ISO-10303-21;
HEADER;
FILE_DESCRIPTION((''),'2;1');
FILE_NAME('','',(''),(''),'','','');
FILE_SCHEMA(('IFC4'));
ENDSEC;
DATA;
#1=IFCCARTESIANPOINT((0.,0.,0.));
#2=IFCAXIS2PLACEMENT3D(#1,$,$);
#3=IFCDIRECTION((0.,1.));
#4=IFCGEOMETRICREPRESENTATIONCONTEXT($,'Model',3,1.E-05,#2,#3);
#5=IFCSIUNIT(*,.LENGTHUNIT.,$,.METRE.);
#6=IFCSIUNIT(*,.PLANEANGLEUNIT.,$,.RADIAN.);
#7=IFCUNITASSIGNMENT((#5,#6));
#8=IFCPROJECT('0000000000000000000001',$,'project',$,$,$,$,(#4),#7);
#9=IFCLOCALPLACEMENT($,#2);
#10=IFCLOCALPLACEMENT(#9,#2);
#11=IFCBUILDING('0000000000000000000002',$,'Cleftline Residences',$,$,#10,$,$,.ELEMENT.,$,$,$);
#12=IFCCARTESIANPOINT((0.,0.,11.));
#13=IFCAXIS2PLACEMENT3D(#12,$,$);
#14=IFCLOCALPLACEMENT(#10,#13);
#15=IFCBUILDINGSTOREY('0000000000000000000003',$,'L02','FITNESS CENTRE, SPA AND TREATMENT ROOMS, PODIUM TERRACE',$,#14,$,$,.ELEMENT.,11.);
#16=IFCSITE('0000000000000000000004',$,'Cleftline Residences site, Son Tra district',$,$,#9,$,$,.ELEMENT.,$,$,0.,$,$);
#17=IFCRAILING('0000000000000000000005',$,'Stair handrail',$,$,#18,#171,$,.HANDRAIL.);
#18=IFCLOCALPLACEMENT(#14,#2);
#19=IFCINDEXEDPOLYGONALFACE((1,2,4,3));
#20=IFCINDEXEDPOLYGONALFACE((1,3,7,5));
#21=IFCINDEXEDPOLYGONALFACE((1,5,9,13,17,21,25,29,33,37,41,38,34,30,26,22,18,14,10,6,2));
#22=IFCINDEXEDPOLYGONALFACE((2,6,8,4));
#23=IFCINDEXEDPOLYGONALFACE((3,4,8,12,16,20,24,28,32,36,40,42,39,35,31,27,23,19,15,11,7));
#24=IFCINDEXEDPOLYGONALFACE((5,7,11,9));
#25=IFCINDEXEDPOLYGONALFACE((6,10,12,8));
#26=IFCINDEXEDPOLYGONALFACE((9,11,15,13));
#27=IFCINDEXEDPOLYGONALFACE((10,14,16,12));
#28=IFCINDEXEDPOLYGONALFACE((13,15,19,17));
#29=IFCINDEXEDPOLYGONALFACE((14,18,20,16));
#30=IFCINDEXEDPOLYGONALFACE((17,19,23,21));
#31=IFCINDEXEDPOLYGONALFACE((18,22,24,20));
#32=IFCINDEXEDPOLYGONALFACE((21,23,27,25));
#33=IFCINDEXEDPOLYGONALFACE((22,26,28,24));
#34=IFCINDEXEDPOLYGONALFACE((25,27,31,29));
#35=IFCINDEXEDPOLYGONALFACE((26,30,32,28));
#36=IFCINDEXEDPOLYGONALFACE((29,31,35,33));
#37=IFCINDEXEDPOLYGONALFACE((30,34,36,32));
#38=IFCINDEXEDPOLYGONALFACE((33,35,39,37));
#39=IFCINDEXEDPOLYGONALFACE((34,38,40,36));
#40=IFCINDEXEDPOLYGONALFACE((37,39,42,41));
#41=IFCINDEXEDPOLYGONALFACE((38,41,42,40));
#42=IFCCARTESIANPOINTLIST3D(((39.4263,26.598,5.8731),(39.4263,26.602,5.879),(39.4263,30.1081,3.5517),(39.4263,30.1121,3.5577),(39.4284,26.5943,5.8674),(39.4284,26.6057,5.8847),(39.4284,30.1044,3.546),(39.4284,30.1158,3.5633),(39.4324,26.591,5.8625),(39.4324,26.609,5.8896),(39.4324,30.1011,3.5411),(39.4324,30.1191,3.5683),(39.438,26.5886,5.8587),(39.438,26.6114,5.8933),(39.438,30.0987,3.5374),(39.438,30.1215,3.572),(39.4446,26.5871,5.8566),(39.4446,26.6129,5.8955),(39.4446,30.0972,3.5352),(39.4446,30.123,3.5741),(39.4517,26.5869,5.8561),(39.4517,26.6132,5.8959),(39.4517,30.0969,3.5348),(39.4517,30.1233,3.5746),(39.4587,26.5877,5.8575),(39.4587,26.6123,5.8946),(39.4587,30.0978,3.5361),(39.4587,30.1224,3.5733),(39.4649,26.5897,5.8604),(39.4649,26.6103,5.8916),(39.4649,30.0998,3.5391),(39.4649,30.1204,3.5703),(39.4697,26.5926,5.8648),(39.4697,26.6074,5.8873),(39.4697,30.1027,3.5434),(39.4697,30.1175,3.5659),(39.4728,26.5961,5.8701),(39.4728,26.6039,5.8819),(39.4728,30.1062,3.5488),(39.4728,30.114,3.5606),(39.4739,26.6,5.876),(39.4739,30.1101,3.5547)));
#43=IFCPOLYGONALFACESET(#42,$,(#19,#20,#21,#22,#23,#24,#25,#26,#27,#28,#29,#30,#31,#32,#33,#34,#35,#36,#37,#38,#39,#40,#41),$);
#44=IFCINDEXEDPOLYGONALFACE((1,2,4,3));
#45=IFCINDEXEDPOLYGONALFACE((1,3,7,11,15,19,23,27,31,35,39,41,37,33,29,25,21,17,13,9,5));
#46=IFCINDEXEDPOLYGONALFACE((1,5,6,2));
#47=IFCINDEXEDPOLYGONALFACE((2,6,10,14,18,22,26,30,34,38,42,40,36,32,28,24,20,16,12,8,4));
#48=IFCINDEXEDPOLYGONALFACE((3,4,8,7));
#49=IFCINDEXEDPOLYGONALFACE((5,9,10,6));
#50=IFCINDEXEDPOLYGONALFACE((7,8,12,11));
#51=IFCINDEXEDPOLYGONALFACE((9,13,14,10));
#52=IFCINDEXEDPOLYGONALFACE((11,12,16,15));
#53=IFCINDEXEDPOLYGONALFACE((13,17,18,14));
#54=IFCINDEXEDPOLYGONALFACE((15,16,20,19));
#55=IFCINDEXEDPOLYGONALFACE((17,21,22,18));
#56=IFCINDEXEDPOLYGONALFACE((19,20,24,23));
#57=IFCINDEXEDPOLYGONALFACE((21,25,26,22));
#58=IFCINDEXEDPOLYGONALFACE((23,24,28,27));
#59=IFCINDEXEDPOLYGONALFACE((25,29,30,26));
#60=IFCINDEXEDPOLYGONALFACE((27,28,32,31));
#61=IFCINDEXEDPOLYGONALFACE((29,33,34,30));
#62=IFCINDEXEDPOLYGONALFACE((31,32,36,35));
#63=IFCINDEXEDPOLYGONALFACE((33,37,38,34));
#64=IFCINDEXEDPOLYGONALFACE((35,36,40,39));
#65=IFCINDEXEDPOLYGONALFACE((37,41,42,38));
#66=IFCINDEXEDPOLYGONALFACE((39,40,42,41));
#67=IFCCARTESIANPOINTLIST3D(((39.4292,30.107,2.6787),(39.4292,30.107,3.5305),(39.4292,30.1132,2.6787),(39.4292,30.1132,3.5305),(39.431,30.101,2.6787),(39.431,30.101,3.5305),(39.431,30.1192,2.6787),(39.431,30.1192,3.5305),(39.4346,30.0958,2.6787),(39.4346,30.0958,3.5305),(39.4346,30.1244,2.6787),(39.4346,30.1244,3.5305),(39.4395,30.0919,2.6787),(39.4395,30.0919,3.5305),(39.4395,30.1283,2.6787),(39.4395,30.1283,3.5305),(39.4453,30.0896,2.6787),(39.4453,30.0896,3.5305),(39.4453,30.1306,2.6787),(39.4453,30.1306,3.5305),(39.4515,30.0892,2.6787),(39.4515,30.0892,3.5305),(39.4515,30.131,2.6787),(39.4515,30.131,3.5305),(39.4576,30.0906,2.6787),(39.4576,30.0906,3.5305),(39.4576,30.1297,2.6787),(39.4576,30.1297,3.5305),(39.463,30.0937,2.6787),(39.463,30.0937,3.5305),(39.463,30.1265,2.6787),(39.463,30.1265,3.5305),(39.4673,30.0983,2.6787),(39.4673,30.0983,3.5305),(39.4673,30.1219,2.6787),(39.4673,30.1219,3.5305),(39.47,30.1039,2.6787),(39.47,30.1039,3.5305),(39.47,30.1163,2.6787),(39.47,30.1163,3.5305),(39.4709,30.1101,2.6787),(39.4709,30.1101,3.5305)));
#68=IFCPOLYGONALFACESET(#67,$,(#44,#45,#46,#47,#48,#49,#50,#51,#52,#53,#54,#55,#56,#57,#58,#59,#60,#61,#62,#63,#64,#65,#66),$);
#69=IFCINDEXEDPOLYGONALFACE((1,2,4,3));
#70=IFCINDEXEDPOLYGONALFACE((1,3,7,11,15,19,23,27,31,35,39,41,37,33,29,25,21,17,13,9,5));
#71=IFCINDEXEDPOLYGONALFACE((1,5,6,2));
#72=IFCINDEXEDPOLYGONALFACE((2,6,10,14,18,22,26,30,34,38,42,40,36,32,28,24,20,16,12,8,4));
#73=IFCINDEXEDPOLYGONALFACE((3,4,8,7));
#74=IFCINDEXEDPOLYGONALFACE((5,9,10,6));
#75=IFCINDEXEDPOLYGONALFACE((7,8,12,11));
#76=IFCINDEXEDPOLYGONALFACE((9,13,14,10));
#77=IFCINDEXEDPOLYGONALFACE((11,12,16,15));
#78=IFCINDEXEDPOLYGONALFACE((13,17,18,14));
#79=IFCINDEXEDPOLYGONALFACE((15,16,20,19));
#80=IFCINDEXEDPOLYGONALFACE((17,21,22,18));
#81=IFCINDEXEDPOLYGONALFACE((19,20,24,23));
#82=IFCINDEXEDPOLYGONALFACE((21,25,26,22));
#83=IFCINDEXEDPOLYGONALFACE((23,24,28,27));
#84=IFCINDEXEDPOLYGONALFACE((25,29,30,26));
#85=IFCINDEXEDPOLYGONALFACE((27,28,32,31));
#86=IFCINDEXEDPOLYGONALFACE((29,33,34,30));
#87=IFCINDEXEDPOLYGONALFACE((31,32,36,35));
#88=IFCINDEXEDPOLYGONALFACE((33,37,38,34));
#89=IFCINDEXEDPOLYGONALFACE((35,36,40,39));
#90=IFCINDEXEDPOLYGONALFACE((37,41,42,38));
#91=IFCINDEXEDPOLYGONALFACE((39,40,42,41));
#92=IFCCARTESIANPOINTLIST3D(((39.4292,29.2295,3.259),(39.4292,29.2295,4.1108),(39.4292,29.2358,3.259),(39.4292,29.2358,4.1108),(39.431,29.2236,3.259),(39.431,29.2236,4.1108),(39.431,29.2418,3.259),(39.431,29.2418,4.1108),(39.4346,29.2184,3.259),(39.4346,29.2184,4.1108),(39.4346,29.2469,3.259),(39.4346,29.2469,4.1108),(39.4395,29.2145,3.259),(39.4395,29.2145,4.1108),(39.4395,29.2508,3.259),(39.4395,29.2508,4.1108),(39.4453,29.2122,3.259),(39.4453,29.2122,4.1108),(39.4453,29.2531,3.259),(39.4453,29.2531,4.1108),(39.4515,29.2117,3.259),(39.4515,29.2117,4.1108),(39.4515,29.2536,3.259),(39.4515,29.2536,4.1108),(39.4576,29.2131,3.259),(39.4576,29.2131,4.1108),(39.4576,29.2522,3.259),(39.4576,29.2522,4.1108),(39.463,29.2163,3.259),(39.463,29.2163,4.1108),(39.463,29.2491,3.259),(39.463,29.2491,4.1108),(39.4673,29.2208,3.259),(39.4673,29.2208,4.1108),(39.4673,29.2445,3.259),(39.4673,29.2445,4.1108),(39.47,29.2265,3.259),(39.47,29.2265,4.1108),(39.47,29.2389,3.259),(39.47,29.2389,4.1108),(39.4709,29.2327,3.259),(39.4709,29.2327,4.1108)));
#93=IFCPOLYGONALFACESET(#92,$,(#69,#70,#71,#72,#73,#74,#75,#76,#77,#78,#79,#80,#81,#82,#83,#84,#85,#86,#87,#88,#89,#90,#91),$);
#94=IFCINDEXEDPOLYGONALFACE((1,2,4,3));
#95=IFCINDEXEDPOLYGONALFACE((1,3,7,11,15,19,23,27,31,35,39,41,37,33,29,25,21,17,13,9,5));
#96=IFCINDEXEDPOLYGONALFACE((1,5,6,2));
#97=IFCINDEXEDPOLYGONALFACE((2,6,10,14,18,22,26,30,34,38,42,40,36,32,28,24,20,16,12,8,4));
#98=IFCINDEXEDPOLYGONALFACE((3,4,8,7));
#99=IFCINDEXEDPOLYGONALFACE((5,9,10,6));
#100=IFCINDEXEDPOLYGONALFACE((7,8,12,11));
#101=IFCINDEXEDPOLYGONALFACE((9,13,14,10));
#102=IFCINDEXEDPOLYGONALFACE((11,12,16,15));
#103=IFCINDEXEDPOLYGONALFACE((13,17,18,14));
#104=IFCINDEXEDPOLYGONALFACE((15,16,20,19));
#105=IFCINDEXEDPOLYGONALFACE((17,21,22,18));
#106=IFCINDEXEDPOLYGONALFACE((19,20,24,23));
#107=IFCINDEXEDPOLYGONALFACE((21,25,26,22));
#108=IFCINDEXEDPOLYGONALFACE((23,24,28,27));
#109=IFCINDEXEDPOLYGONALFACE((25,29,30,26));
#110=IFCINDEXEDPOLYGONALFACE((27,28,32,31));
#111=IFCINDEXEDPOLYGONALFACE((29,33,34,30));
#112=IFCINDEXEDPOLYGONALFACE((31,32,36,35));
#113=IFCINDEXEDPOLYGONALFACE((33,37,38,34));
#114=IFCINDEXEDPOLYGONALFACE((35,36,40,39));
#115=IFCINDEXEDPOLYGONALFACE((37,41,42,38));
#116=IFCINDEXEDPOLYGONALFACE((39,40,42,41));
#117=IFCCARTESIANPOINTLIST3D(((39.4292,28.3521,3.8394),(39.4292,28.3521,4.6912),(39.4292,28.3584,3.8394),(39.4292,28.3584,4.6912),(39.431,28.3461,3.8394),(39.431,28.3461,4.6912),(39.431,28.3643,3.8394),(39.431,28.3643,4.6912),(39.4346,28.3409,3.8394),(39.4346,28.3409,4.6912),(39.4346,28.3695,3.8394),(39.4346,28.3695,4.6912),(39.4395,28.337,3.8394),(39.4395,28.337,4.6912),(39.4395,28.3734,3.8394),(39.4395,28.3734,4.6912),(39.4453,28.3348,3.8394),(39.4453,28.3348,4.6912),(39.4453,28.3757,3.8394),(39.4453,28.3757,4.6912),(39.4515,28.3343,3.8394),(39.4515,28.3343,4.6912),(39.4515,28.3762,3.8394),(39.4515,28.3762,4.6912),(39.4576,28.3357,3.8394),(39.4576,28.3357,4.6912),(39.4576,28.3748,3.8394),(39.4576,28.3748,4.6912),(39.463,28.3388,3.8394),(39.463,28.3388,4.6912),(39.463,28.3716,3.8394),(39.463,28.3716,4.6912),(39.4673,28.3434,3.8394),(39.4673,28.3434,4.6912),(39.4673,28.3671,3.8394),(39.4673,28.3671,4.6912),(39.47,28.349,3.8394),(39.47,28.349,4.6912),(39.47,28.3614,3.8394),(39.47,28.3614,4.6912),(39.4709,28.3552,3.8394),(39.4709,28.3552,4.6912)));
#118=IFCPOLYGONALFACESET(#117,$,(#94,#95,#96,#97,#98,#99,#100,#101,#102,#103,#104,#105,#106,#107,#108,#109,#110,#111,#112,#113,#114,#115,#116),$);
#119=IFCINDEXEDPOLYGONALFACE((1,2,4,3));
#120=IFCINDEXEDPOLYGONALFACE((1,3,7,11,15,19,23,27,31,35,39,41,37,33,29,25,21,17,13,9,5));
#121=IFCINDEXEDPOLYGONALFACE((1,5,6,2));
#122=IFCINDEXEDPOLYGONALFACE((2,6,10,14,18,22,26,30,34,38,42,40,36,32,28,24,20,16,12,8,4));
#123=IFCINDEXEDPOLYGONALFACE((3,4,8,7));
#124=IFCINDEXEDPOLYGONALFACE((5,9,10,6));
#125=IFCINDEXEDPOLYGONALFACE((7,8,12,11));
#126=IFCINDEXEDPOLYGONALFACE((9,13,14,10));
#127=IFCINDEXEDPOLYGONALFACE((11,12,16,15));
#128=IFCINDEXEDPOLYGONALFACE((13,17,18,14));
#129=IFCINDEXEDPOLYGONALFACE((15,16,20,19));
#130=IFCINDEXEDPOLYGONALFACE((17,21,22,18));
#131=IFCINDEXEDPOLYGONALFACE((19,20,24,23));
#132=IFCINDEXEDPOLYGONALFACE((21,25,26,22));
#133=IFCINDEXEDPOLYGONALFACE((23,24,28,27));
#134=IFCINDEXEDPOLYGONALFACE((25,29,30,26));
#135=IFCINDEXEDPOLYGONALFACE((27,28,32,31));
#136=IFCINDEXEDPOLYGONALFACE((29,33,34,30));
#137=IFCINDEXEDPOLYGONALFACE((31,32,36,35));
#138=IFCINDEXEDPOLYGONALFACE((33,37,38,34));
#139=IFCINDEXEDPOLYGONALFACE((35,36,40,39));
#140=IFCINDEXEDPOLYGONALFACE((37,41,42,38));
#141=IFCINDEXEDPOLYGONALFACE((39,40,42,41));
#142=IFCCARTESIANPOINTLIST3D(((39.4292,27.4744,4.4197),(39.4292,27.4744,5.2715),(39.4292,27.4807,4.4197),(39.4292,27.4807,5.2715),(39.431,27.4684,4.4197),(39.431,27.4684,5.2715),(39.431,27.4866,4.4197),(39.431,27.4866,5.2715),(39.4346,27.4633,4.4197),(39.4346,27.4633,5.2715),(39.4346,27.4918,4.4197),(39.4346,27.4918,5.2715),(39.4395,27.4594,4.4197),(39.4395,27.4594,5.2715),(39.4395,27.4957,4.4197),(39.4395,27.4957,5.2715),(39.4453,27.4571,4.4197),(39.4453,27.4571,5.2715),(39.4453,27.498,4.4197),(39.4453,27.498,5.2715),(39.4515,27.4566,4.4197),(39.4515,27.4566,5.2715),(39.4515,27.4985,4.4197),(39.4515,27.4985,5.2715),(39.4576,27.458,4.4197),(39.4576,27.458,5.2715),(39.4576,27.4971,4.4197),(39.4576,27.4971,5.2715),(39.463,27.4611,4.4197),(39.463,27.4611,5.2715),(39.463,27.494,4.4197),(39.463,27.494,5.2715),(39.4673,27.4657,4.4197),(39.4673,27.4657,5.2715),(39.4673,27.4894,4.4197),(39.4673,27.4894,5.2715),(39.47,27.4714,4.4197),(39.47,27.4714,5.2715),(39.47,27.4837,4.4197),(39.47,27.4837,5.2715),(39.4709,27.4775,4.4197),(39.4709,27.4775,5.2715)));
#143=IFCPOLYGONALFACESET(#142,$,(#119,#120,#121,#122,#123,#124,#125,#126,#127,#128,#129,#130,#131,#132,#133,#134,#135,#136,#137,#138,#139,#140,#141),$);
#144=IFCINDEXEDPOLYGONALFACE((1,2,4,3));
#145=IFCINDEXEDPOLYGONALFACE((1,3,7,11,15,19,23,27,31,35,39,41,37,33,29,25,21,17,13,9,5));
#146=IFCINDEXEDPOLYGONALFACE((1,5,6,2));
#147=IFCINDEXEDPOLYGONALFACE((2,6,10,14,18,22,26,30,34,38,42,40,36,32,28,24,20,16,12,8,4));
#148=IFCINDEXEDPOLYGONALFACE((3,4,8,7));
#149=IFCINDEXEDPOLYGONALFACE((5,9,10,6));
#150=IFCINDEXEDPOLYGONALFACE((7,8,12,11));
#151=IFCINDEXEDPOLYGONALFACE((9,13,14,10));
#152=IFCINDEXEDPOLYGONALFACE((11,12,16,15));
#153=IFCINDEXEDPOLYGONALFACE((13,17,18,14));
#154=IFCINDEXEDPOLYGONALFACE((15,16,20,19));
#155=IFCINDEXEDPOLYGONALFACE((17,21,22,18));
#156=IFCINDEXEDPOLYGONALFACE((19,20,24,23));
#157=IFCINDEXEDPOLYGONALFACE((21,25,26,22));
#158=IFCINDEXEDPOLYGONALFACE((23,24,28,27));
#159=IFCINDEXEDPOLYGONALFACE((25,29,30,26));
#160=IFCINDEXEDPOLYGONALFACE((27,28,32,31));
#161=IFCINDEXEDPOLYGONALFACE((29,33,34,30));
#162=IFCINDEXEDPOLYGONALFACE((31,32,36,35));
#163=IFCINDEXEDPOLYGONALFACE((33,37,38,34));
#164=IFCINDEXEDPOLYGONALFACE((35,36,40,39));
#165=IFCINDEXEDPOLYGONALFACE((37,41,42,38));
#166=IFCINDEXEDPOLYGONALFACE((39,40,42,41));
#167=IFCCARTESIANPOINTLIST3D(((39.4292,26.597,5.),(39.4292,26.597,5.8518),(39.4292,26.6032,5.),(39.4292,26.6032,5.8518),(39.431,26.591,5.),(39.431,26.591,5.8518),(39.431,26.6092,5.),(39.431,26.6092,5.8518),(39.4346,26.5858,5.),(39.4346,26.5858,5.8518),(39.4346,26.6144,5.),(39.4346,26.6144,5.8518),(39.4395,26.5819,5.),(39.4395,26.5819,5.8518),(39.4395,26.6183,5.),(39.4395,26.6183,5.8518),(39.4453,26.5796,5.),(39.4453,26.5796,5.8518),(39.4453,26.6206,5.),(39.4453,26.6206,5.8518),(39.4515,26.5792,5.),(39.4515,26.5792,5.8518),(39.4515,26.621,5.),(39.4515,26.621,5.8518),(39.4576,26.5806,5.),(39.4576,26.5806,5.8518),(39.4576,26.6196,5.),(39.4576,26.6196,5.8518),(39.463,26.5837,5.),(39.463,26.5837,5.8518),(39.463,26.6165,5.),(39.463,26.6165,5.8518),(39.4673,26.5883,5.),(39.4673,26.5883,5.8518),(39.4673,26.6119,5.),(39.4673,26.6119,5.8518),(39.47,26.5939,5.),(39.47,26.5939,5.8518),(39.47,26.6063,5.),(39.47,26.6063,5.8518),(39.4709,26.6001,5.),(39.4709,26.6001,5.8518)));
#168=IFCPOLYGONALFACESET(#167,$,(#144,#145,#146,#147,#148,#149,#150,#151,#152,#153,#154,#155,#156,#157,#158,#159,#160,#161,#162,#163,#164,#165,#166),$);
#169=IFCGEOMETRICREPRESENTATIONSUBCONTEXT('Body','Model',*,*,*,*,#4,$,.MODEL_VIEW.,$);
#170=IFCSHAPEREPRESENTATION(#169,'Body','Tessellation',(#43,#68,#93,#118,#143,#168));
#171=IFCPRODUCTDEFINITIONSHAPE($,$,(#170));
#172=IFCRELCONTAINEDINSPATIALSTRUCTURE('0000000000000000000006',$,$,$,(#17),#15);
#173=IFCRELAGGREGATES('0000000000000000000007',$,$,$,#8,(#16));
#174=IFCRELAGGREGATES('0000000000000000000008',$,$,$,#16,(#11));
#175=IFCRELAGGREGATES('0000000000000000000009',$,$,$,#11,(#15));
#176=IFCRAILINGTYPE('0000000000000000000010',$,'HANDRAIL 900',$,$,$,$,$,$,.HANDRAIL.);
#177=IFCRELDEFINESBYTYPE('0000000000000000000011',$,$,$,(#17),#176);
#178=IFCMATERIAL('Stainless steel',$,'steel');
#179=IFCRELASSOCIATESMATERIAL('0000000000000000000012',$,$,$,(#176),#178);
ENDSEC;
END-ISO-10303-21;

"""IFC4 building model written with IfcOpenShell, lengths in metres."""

from ifc_helpers import new_model, si_unit, direction, frame, origin, origin_2d, place, context, subcontext, project, spatial, circle, extrude, material, type_object, element, save


model = new_model("IFC4")

# Units and contexts
model_context = context("Model", 3, precision=1e-05, world=origin(), true_north=direction((0.0, 1.0)))
body_context = subcontext(model_context, "Body", "Model", "MODEL_VIEW")
ifc_project = project(units=[si_unit("LENGTHUNIT", "METRE"), si_unit("PLANEANGLEUNIT", "RADIAN")], contexts=[model_context])

# Site, building, storey
site_placement = place(None, origin())
site = spatial("IfcSite", under=ifc_project, at=site_placement, Name="Cleftline Residences site, Son Tra district", CompositionType="ELEMENT", RefElevation=0.0)
building_placement = place(site_placement, origin())
building = spatial("IfcBuilding", under=site, at=building_placement, Name="Cleftline Residences", CompositionType="ELEMENT")
storey_placement = place(building_placement, frame((0.0, 0.0, 11.0)))
storey = spatial("IfcBuildingStorey", under=building, at=storey_placement, Name="L02", Description="FITNESS CENTRE, SPA AND TREATMENT ROOMS, PODIUM TERRACE", CompositionType="ELEMENT", Elevation=11.0)

# Railing
ifc_material_1 = material(Name="Stainless steel", Category="steel")
railing_type = type_object("IfcRailingType", Name="HANDRAIL 900", PredefinedType="HANDRAIL", material=ifc_material_1)
for number, where, name in (
    (1, (39.45, 30.1101, 2.6787), "Stair handrail"),
):
    element("IfcRailing", number, at=place(storey_placement, frame(where)), inside=storey, type_object=railing_type, Name=name, PredefinedType="HANDRAIL", context=body_context, shape_type="SweptSolid", body=[
        extrude(circle(Radius=0.0239, at=origin_2d()), frame((0.0, 0.0, 0.876), z_axis=(0.0, -0.834097, 0.551617), x_axis=(1.0, 0.0, 0.0)), (0.0, 0.0, 1.0), 4.2083),
        extrude(circle(Radius=0.021, at=origin_2d()), origin(), (0.0, 0.0, 1.0), 0.8518),
        extrude(circle(Radius=0.021, at=origin_2d()), frame((0.0, -0.8774, 0.5803)), (0.0, 0.0, 1.0), 0.8518),
        extrude(circle(Radius=0.021, at=origin_2d()), frame((0.0, -1.7549, 1.1606)), (0.0, 0.0, 1.0), 0.8518),
        extrude(circle(Radius=0.021, at=origin_2d()), frame((0.0, -2.6326, 1.741)), (0.0, 0.0, 1.0), 0.8518),
        extrude(circle(Radius=0.021, at=origin_2d()), frame((0.0, -3.51, 2.3213)), (0.0, 0.0, 1.0), 0.8518),
    ])

save(model, "model.ifc")
